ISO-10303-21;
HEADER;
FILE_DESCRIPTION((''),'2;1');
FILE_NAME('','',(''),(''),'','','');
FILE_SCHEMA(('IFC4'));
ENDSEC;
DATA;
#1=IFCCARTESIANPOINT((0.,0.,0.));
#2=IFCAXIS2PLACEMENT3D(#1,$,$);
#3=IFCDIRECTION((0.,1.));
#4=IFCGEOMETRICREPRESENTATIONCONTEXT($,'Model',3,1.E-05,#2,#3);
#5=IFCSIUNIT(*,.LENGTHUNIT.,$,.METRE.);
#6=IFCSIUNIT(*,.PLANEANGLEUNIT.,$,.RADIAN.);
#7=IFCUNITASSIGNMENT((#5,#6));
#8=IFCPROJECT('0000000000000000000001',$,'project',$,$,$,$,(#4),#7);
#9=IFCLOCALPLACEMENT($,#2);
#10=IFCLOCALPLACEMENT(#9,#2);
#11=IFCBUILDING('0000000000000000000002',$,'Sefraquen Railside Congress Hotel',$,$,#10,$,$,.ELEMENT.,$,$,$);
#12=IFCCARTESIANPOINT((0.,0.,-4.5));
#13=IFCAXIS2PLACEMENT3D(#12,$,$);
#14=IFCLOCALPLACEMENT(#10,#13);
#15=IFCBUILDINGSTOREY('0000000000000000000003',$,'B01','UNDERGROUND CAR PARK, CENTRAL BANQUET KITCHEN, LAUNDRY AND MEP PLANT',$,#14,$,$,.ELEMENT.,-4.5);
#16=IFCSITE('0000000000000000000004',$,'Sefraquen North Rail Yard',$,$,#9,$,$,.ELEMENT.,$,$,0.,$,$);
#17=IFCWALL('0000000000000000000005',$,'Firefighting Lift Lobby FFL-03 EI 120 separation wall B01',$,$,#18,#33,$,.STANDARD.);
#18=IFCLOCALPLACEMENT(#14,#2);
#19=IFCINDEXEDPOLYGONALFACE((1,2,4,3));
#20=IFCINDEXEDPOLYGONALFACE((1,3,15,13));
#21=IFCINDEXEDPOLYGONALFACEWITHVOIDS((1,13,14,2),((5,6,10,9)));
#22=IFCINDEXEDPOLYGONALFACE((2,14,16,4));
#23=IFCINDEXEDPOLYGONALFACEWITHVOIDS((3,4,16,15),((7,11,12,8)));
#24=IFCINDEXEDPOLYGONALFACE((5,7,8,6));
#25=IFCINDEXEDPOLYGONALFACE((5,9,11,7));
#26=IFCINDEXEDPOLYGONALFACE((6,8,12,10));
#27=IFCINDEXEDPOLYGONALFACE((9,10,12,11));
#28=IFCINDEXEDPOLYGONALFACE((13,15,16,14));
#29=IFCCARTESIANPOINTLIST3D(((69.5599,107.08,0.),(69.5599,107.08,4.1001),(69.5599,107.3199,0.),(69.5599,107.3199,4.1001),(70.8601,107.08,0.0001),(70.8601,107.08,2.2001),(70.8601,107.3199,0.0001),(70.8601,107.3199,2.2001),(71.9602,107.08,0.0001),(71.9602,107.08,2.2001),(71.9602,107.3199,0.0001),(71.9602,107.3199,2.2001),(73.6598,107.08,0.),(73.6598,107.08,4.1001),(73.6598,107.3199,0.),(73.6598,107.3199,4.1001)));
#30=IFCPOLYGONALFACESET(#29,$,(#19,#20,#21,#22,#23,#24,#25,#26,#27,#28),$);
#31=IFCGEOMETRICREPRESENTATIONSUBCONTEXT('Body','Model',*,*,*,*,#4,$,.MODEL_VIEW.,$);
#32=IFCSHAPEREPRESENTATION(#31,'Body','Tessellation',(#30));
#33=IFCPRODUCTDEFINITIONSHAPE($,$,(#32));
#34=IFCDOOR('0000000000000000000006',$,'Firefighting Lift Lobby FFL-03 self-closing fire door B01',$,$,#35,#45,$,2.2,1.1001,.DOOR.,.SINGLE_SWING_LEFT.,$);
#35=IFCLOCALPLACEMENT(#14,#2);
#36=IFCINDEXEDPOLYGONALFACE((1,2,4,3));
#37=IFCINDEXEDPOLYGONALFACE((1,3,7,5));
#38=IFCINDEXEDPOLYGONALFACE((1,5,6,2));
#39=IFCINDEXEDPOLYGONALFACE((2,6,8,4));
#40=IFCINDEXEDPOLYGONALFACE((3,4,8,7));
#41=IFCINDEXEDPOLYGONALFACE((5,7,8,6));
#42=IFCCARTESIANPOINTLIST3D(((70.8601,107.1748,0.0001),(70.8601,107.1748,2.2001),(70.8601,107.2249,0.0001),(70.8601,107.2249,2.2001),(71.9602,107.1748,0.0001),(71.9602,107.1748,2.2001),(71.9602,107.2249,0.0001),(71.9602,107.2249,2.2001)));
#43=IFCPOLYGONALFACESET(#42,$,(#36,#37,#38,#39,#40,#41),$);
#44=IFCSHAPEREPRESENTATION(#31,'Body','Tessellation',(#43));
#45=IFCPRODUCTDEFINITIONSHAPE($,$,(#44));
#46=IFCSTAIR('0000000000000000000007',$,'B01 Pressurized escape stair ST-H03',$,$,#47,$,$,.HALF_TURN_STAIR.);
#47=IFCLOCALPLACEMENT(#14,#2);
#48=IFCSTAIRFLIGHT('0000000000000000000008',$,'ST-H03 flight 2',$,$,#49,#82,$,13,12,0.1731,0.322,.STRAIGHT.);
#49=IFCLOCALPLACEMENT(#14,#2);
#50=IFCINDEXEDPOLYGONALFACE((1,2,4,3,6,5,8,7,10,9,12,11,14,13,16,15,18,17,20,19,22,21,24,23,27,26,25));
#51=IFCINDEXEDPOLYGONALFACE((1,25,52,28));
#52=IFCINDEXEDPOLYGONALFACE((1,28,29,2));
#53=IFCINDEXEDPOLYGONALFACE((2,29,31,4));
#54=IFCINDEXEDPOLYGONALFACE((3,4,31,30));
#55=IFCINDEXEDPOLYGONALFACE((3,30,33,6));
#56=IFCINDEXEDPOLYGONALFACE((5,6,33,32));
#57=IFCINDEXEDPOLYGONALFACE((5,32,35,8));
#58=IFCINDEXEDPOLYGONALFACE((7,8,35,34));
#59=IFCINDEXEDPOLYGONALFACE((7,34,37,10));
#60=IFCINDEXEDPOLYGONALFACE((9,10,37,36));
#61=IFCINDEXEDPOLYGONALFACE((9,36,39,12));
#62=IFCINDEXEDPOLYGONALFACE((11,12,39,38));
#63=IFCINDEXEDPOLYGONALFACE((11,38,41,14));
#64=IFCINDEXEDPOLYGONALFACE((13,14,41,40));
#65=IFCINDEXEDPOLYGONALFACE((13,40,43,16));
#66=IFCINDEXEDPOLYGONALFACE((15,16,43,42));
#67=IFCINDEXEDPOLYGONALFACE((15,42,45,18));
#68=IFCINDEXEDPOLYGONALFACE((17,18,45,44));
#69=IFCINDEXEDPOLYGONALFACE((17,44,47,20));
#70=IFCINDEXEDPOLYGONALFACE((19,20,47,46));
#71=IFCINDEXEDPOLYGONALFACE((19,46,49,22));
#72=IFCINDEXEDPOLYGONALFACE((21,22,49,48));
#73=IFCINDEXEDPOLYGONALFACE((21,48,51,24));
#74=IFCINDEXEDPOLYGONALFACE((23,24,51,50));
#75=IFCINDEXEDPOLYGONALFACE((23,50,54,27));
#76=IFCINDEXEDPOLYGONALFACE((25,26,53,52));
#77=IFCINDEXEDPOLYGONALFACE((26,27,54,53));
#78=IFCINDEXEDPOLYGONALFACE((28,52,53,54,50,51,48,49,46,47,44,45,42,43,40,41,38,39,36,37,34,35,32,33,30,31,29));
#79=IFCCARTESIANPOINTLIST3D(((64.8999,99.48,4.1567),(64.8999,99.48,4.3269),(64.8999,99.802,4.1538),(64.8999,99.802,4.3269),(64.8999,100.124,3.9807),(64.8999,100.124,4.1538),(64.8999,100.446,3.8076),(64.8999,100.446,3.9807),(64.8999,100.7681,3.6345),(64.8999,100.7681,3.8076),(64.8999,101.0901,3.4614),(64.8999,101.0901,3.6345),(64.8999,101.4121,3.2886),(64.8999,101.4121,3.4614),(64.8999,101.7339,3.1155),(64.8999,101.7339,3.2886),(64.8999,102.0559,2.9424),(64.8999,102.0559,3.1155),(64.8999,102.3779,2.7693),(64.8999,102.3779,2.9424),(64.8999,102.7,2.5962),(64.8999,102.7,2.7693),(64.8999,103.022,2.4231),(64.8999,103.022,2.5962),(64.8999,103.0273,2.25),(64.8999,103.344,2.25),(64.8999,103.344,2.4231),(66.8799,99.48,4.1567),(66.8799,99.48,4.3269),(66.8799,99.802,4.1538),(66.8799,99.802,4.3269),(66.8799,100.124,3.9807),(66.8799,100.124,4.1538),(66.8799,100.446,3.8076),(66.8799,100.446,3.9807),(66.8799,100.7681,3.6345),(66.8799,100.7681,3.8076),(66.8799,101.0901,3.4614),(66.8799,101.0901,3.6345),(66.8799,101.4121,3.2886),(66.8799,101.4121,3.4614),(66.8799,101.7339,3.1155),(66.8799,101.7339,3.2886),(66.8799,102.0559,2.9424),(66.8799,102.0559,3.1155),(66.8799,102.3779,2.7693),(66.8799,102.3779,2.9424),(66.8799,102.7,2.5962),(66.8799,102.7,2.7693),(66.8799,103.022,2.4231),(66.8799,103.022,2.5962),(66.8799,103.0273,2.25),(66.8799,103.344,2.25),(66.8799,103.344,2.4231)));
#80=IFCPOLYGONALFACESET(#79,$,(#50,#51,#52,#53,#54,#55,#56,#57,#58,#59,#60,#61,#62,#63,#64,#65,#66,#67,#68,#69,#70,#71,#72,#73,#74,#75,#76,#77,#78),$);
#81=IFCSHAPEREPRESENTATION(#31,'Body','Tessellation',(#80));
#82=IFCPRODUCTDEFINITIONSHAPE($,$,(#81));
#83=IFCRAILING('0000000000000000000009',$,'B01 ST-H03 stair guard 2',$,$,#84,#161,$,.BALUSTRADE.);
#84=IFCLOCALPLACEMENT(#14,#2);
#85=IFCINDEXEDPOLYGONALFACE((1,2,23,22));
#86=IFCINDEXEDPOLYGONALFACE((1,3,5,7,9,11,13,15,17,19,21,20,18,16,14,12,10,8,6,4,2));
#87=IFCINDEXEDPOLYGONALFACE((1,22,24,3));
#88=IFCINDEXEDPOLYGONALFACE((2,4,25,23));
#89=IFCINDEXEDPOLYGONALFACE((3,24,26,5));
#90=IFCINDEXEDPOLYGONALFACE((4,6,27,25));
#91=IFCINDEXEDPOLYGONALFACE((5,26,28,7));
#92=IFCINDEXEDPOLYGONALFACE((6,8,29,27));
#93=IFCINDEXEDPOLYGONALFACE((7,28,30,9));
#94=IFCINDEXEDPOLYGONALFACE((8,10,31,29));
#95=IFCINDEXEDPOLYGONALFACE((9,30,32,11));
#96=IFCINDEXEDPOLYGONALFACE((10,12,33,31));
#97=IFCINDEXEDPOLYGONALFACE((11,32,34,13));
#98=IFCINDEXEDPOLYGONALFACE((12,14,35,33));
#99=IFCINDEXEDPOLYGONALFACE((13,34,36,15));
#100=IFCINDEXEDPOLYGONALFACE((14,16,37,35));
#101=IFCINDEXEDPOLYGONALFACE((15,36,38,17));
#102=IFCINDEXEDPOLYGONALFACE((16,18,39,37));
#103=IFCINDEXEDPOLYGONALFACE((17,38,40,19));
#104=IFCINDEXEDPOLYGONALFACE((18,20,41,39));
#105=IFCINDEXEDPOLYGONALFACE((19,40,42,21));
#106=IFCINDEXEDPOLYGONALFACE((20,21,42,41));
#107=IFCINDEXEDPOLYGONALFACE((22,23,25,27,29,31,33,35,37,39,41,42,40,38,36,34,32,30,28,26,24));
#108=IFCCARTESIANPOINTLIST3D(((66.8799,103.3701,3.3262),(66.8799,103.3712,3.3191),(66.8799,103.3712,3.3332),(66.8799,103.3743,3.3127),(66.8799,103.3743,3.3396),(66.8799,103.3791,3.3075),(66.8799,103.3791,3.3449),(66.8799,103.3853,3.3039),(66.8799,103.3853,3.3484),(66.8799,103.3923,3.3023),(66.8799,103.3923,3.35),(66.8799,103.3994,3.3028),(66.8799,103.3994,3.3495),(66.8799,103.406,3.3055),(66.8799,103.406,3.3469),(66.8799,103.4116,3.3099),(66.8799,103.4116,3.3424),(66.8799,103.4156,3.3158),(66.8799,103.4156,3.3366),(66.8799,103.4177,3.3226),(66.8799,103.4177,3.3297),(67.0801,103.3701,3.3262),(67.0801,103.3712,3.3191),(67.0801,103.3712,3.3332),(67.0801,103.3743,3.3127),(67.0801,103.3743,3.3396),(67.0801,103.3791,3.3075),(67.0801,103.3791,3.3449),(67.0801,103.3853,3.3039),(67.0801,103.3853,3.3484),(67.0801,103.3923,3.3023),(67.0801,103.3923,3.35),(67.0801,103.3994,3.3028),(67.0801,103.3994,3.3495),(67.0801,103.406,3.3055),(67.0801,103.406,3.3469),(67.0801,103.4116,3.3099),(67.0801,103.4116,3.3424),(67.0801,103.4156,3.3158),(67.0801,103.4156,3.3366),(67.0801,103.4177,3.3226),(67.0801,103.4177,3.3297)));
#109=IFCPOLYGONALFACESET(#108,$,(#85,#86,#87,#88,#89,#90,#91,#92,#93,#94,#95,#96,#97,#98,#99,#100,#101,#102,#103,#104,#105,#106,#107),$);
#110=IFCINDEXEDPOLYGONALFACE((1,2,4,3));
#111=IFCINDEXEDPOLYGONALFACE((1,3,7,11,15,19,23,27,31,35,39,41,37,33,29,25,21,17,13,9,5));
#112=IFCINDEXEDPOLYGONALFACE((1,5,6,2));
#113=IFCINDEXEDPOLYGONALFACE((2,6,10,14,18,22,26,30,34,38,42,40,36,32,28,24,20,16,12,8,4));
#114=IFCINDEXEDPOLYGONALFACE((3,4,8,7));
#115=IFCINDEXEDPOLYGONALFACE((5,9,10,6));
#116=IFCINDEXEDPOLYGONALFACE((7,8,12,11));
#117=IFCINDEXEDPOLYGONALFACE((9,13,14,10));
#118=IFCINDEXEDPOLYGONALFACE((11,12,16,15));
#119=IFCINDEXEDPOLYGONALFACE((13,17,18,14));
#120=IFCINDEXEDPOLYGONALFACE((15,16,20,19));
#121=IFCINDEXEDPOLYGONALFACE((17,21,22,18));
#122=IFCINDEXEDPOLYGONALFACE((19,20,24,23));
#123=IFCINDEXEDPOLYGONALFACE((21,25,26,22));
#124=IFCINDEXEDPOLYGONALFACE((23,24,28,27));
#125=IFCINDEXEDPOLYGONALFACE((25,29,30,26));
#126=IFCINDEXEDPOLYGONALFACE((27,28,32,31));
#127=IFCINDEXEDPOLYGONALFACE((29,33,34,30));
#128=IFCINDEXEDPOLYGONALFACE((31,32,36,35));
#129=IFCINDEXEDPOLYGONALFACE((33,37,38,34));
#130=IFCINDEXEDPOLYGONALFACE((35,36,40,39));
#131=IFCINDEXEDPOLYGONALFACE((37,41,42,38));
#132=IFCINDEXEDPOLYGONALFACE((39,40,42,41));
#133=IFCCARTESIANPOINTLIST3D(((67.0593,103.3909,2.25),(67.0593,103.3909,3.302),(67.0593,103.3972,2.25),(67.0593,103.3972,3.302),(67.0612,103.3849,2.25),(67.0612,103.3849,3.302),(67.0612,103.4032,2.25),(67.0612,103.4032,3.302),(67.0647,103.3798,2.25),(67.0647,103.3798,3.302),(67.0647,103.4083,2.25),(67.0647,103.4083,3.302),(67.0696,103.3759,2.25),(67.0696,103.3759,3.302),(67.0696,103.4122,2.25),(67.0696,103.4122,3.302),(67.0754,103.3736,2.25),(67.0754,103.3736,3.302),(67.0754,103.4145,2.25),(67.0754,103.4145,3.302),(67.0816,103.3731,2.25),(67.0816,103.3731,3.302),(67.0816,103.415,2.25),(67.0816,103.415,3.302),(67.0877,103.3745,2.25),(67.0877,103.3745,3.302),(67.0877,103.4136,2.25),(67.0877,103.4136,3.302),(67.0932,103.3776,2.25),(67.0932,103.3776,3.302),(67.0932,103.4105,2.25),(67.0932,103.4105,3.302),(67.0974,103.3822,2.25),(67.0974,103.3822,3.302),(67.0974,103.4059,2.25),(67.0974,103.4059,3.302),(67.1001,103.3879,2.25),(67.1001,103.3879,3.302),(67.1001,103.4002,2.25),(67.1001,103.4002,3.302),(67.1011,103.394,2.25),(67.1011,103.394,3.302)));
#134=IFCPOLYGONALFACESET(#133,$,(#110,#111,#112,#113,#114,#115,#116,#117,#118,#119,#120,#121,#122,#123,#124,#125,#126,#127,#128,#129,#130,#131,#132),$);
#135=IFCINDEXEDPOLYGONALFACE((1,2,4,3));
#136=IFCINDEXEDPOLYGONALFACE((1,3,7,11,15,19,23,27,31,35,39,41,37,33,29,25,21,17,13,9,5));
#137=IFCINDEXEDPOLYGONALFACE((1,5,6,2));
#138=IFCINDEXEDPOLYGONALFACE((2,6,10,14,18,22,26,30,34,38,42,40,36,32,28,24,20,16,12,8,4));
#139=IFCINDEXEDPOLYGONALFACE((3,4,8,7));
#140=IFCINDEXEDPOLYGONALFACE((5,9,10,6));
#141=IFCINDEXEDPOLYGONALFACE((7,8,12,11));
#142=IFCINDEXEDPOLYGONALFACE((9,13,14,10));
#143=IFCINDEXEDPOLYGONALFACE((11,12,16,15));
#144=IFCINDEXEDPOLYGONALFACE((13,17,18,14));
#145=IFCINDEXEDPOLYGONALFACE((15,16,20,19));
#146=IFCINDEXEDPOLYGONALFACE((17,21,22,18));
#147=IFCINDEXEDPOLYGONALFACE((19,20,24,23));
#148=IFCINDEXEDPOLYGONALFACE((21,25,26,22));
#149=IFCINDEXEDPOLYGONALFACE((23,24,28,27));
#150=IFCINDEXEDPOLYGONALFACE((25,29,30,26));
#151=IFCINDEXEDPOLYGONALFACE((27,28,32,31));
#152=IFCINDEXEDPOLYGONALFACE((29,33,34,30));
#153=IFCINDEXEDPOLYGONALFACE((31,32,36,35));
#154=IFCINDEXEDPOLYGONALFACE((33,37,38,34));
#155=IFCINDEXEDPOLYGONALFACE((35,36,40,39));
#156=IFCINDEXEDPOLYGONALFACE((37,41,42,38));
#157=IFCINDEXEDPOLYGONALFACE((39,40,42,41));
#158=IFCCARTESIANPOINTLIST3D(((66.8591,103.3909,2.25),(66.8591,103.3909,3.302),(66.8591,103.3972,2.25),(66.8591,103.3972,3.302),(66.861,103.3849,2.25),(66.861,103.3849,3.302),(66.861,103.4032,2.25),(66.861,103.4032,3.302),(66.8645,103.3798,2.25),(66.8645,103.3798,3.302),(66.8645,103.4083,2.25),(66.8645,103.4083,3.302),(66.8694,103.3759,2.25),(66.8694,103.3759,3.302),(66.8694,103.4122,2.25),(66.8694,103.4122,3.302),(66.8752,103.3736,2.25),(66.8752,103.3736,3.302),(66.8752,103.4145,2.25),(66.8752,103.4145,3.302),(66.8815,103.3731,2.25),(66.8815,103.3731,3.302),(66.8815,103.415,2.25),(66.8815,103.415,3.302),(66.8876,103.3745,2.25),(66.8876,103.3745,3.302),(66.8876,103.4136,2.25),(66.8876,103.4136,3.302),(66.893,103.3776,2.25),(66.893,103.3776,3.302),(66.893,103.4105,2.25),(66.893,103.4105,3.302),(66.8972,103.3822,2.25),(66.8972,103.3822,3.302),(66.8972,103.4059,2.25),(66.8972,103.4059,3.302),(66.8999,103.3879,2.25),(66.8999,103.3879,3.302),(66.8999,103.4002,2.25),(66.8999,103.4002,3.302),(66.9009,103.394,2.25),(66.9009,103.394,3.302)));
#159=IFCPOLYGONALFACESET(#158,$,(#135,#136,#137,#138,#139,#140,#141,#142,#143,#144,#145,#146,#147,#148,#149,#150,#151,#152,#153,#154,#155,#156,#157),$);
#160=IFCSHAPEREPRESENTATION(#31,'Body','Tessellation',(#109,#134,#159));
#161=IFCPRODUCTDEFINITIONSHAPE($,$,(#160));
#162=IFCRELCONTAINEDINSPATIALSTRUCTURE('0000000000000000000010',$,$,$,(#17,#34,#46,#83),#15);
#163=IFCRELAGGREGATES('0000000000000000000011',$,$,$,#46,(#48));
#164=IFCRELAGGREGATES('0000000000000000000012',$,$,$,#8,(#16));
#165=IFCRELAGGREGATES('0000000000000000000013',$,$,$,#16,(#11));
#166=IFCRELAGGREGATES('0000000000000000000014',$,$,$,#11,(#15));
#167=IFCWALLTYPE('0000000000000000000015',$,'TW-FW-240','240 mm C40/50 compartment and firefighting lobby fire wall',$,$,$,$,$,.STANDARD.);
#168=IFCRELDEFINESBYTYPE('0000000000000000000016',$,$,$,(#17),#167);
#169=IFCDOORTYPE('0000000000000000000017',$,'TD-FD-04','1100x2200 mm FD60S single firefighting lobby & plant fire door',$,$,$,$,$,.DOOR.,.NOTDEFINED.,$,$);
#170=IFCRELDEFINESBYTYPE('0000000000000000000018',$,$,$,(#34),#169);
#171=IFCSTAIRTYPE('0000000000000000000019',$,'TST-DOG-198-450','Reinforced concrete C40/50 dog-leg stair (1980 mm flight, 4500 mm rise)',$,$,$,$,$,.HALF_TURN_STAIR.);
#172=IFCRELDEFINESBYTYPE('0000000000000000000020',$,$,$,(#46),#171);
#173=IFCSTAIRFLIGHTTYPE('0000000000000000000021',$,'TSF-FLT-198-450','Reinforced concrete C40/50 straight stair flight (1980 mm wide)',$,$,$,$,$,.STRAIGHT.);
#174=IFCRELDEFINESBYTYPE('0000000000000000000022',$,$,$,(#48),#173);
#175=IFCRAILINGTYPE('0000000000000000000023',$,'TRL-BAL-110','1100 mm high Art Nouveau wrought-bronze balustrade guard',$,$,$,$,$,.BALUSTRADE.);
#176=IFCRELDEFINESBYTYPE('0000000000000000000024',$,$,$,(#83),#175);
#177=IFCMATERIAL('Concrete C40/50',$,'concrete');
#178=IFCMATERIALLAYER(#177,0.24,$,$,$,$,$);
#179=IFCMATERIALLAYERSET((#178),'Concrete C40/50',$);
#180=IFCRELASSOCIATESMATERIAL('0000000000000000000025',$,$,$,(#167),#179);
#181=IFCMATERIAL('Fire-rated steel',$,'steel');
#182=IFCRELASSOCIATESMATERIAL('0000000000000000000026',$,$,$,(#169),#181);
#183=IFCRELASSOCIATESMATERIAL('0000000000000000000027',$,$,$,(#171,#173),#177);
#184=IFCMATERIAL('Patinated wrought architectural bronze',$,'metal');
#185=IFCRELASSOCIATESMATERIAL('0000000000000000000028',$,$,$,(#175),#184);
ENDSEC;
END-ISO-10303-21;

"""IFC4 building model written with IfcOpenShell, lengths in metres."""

from ifc_helpers import new_model, si_unit, direction, frame, frame_2d, origin, origin_2d, place, context, subcontext, project, spatial, polyline, rectangle, circle, outline, extrude, material, layer, layer_set, type_object, element, fill, aggregate, save


model = new_model("IFC4")

# Units and contexts
model_context = context("Model", 3, precision=1e-05, world=origin(), true_north=direction((0.0, 1.0)))
body_context = subcontext(model_context, "Body", "Model", "MODEL_VIEW")
ifc_project = project(units=[si_unit("LENGTHUNIT", "METRE"), si_unit("PLANEANGLEUNIT", "RADIAN")], contexts=[model_context])

# Site, building, storey
site_placement = place(None, origin())
site = spatial("IfcSite", under=ifc_project, at=site_placement, Name="Sefraquen North Rail Yard", CompositionType="ELEMENT", RefElevation=0.0)
building_placement = place(site_placement, origin())
building = spatial("IfcBuilding", under=site, at=building_placement, Name="Sefraquen Railside Congress Hotel", CompositionType="ELEMENT")
storey_placement = place(building_placement, frame((0.0, 0.0, -4.5)))
storey = spatial("IfcBuildingStorey", under=building, at=storey_placement, Name="B01", Description="UNDERGROUND CAR PARK, CENTRAL BANQUET KITCHEN, LAUNDRY AND MEP PLANT", CompositionType="ELEMENT", Elevation=-4.5)

# Shared definitions
ifc_material_1 = material(Name="Concrete C40/50", Category="concrete")

# Wall, opening, door
ifc_layer_1 = layer(ifc_material_1, 0.24)
ifc_layer_set_1 = layer_set([ifc_layer_1], Name="Concrete C40/50")
wall_type_1 = type_object("IfcWallType", Name="TW-FW-240", Description="240 mm C40/50 compartment and firefighting lobby fire wall", PredefinedType="STANDARD", material=ifc_layer_set_1)
wall_1_placement = place(storey_placement, frame((69.5601, 107.2, 0.0), z_axis=(0.0, 0.0, 1.0), x_axis=(1.0, 0.0, 0.0)))
wall_1 = element("IfcWall", 1, at=wall_1_placement, inside=storey, type_object=wall_type_1, Name="Firefighting Lift Lobby FFL-03 EI 120 separation wall B01", PredefinedType="STANDARD", context=body_context, shape_type="SweptSolid", body=[
    extrude(rectangle(XDim=4.0999, YDim=0.24, at=frame_2d((2.0498, 0.0))), origin(), (0.0, 0.0, 1.0), 4.1001),
])
opening_placement = place(wall_1_placement, frame((1.3, 0.0, 0.0)))
opening = element("IfcOpeningElement", 2, at=opening_placement, cuts=wall_1, PredefinedType="OPENING", context=body_context, shape_type="SweptSolid", body=[
    extrude(rectangle(XDim=1.1001, YDim=2.2, at=frame_2d((0.55, 1.1001))), frame((0.0, 0.1299, 0.0), z_axis=(0.0, -1.0, 0.0), x_axis=(1.0, 0.0, 0.0)), (0.0, 0.0, 1.0), 0.26),
])
ifc_material_2 = material(Name="Fire-rated steel", Category="steel")
door_type = type_object("IfcDoorType", Name="TD-FD-04", Description="1100x2200 mm FD60S single firefighting lobby & plant fire door", OperationType="NOTDEFINED", PredefinedType="DOOR", material=ifc_material_2)
door_placement = place(opening_placement, origin())
door = element("IfcDoor", 3, at=door_placement, inside=storey, type_object=door_type, Name="Firefighting Lift Lobby FFL-03 self-closing fire door B01", OperationType="SINGLE_SWING_LEFT", OverallHeight=2.2, OverallWidth=1.1001, PredefinedType="DOOR", context=body_context, shape_type="SweptSolid", body=[
    extrude(rectangle(XDim=1.1001, YDim=2.2, at=frame_2d((0.55, 1.1001))), frame((0.0, 0.0249, 0.0), z_axis=(0.0, -1.0, 0.0), x_axis=(1.0, 0.0, 0.0)), (0.0, 0.0, 1.0), 0.05),
])
fill(opening, door)

# Stair, stair flight
stair_type = type_object("IfcStairType", Name="TST-DOG-198-450", Description="Reinforced concrete C40/50 dog-leg stair (1980 mm flight, 4500 mm rise)", PredefinedType="HALF_TURN_STAIR", material=ifc_material_1)
stair_placement = place(storey_placement, origin())
stair = element("IfcStair", 4, at=stair_placement, inside=storey, type_object=stair_type, Name="B01 Pressurized escape stair ST-H03", PredefinedType="HALF_TURN_STAIR")
stair_flight_type = type_object("IfcStairFlightType", Name="TSF-FLT-198-450", Description="Reinforced concrete C40/50 straight stair flight (1980 mm wide)", PredefinedType="STRAIGHT", material=ifc_material_1)
stair_flight_placement = place(storey_placement, frame((65.8899, 103.344, 2.25), z_axis=(0.0, 0.0, 1.0), x_axis=(0.0, -1.0, 0.0)))
stair_flight = element("IfcStairFlight", 5, at=stair_flight_placement, type_object=stair_flight_type, Name="ST-H03 flight 2", NumberOfRisers=13, NumberOfTreads=12, PredefinedType="STRAIGHT", RiserHeight=0.1731, TreadLength=0.322, context=body_context, shape_type="SweptSolid", body=[
    extrude(outline(polyline([(0.0, 0.0), (0.0, 0.1731), (0.322, 0.1731), (0.322, 0.3462), (0.644, 0.3462), (0.644, 0.5193), (0.9661, 0.5193), (0.9661, 0.6924), (1.2881, 0.6924), (1.2881, 0.8655), (1.6101, 0.8655), (1.6101, 1.0386), (1.9319, 1.0386), (1.9319, 1.2114), (2.2539, 1.2114), (2.2539, 1.3845), (2.5759, 1.3845), (2.5759, 1.5576), (2.8979, 1.5576), (2.8979, 1.7307), (3.22, 1.7307), (3.22, 1.9038), (3.542, 1.9038), (3.542, 2.0769), (3.864, 2.0769), (3.864, 2.25), (3.864, 1.9067), (0.3167, 0.0), (0.0, 0.0)])), frame((0.0, 0.99, 0.0), z_axis=(0.0, -1.0, 0.0), x_axis=(1.0, 0.0, 0.0)), (0.0, 0.0, 1.0), 1.98),
])
aggregate(stair, [stair_flight])

# Railing
ifc_material_3 = material(Name="Patinated wrought architectural bronze", Category="metal")
railing_type_1 = type_object("IfcRailingType", Name="TRL-BAL-110", Description="1100 mm high Art Nouveau wrought-bronze balustrade guard", PredefinedType="BALUSTRADE", material=ifc_material_3)
railing_1_placement = place(storey_placement, frame((67.0801, 103.394, 2.25)))
element("IfcRailing", 6, at=railing_1_placement, inside=storey, type_object=railing_type_1, Name="B01 ST-H03 stair guard 2", PredefinedType="BALUSTRADE", context=body_context, shape_type="SweptSolid", body=[
    extrude(circle(Radius=0.0239, at=origin_2d()), frame((0.0, 0.0, 1.0762), z_axis=(-1.0, 0.0, 0.0), x_axis=(0.0, -1.0, 0.0)), (0.0, 0.0, 1.0), 0.2002),
    extrude(circle(Radius=0.021, at=origin_2d()), origin(), (0.0, 0.0, 1.0), 1.052),
    extrude(circle(Radius=0.021, at=origin_2d()), frame((-0.2002, 0.0, 0.0)), (0.0, 0.0, 1.0), 1.052),
])

save(model, "model.ifc")
